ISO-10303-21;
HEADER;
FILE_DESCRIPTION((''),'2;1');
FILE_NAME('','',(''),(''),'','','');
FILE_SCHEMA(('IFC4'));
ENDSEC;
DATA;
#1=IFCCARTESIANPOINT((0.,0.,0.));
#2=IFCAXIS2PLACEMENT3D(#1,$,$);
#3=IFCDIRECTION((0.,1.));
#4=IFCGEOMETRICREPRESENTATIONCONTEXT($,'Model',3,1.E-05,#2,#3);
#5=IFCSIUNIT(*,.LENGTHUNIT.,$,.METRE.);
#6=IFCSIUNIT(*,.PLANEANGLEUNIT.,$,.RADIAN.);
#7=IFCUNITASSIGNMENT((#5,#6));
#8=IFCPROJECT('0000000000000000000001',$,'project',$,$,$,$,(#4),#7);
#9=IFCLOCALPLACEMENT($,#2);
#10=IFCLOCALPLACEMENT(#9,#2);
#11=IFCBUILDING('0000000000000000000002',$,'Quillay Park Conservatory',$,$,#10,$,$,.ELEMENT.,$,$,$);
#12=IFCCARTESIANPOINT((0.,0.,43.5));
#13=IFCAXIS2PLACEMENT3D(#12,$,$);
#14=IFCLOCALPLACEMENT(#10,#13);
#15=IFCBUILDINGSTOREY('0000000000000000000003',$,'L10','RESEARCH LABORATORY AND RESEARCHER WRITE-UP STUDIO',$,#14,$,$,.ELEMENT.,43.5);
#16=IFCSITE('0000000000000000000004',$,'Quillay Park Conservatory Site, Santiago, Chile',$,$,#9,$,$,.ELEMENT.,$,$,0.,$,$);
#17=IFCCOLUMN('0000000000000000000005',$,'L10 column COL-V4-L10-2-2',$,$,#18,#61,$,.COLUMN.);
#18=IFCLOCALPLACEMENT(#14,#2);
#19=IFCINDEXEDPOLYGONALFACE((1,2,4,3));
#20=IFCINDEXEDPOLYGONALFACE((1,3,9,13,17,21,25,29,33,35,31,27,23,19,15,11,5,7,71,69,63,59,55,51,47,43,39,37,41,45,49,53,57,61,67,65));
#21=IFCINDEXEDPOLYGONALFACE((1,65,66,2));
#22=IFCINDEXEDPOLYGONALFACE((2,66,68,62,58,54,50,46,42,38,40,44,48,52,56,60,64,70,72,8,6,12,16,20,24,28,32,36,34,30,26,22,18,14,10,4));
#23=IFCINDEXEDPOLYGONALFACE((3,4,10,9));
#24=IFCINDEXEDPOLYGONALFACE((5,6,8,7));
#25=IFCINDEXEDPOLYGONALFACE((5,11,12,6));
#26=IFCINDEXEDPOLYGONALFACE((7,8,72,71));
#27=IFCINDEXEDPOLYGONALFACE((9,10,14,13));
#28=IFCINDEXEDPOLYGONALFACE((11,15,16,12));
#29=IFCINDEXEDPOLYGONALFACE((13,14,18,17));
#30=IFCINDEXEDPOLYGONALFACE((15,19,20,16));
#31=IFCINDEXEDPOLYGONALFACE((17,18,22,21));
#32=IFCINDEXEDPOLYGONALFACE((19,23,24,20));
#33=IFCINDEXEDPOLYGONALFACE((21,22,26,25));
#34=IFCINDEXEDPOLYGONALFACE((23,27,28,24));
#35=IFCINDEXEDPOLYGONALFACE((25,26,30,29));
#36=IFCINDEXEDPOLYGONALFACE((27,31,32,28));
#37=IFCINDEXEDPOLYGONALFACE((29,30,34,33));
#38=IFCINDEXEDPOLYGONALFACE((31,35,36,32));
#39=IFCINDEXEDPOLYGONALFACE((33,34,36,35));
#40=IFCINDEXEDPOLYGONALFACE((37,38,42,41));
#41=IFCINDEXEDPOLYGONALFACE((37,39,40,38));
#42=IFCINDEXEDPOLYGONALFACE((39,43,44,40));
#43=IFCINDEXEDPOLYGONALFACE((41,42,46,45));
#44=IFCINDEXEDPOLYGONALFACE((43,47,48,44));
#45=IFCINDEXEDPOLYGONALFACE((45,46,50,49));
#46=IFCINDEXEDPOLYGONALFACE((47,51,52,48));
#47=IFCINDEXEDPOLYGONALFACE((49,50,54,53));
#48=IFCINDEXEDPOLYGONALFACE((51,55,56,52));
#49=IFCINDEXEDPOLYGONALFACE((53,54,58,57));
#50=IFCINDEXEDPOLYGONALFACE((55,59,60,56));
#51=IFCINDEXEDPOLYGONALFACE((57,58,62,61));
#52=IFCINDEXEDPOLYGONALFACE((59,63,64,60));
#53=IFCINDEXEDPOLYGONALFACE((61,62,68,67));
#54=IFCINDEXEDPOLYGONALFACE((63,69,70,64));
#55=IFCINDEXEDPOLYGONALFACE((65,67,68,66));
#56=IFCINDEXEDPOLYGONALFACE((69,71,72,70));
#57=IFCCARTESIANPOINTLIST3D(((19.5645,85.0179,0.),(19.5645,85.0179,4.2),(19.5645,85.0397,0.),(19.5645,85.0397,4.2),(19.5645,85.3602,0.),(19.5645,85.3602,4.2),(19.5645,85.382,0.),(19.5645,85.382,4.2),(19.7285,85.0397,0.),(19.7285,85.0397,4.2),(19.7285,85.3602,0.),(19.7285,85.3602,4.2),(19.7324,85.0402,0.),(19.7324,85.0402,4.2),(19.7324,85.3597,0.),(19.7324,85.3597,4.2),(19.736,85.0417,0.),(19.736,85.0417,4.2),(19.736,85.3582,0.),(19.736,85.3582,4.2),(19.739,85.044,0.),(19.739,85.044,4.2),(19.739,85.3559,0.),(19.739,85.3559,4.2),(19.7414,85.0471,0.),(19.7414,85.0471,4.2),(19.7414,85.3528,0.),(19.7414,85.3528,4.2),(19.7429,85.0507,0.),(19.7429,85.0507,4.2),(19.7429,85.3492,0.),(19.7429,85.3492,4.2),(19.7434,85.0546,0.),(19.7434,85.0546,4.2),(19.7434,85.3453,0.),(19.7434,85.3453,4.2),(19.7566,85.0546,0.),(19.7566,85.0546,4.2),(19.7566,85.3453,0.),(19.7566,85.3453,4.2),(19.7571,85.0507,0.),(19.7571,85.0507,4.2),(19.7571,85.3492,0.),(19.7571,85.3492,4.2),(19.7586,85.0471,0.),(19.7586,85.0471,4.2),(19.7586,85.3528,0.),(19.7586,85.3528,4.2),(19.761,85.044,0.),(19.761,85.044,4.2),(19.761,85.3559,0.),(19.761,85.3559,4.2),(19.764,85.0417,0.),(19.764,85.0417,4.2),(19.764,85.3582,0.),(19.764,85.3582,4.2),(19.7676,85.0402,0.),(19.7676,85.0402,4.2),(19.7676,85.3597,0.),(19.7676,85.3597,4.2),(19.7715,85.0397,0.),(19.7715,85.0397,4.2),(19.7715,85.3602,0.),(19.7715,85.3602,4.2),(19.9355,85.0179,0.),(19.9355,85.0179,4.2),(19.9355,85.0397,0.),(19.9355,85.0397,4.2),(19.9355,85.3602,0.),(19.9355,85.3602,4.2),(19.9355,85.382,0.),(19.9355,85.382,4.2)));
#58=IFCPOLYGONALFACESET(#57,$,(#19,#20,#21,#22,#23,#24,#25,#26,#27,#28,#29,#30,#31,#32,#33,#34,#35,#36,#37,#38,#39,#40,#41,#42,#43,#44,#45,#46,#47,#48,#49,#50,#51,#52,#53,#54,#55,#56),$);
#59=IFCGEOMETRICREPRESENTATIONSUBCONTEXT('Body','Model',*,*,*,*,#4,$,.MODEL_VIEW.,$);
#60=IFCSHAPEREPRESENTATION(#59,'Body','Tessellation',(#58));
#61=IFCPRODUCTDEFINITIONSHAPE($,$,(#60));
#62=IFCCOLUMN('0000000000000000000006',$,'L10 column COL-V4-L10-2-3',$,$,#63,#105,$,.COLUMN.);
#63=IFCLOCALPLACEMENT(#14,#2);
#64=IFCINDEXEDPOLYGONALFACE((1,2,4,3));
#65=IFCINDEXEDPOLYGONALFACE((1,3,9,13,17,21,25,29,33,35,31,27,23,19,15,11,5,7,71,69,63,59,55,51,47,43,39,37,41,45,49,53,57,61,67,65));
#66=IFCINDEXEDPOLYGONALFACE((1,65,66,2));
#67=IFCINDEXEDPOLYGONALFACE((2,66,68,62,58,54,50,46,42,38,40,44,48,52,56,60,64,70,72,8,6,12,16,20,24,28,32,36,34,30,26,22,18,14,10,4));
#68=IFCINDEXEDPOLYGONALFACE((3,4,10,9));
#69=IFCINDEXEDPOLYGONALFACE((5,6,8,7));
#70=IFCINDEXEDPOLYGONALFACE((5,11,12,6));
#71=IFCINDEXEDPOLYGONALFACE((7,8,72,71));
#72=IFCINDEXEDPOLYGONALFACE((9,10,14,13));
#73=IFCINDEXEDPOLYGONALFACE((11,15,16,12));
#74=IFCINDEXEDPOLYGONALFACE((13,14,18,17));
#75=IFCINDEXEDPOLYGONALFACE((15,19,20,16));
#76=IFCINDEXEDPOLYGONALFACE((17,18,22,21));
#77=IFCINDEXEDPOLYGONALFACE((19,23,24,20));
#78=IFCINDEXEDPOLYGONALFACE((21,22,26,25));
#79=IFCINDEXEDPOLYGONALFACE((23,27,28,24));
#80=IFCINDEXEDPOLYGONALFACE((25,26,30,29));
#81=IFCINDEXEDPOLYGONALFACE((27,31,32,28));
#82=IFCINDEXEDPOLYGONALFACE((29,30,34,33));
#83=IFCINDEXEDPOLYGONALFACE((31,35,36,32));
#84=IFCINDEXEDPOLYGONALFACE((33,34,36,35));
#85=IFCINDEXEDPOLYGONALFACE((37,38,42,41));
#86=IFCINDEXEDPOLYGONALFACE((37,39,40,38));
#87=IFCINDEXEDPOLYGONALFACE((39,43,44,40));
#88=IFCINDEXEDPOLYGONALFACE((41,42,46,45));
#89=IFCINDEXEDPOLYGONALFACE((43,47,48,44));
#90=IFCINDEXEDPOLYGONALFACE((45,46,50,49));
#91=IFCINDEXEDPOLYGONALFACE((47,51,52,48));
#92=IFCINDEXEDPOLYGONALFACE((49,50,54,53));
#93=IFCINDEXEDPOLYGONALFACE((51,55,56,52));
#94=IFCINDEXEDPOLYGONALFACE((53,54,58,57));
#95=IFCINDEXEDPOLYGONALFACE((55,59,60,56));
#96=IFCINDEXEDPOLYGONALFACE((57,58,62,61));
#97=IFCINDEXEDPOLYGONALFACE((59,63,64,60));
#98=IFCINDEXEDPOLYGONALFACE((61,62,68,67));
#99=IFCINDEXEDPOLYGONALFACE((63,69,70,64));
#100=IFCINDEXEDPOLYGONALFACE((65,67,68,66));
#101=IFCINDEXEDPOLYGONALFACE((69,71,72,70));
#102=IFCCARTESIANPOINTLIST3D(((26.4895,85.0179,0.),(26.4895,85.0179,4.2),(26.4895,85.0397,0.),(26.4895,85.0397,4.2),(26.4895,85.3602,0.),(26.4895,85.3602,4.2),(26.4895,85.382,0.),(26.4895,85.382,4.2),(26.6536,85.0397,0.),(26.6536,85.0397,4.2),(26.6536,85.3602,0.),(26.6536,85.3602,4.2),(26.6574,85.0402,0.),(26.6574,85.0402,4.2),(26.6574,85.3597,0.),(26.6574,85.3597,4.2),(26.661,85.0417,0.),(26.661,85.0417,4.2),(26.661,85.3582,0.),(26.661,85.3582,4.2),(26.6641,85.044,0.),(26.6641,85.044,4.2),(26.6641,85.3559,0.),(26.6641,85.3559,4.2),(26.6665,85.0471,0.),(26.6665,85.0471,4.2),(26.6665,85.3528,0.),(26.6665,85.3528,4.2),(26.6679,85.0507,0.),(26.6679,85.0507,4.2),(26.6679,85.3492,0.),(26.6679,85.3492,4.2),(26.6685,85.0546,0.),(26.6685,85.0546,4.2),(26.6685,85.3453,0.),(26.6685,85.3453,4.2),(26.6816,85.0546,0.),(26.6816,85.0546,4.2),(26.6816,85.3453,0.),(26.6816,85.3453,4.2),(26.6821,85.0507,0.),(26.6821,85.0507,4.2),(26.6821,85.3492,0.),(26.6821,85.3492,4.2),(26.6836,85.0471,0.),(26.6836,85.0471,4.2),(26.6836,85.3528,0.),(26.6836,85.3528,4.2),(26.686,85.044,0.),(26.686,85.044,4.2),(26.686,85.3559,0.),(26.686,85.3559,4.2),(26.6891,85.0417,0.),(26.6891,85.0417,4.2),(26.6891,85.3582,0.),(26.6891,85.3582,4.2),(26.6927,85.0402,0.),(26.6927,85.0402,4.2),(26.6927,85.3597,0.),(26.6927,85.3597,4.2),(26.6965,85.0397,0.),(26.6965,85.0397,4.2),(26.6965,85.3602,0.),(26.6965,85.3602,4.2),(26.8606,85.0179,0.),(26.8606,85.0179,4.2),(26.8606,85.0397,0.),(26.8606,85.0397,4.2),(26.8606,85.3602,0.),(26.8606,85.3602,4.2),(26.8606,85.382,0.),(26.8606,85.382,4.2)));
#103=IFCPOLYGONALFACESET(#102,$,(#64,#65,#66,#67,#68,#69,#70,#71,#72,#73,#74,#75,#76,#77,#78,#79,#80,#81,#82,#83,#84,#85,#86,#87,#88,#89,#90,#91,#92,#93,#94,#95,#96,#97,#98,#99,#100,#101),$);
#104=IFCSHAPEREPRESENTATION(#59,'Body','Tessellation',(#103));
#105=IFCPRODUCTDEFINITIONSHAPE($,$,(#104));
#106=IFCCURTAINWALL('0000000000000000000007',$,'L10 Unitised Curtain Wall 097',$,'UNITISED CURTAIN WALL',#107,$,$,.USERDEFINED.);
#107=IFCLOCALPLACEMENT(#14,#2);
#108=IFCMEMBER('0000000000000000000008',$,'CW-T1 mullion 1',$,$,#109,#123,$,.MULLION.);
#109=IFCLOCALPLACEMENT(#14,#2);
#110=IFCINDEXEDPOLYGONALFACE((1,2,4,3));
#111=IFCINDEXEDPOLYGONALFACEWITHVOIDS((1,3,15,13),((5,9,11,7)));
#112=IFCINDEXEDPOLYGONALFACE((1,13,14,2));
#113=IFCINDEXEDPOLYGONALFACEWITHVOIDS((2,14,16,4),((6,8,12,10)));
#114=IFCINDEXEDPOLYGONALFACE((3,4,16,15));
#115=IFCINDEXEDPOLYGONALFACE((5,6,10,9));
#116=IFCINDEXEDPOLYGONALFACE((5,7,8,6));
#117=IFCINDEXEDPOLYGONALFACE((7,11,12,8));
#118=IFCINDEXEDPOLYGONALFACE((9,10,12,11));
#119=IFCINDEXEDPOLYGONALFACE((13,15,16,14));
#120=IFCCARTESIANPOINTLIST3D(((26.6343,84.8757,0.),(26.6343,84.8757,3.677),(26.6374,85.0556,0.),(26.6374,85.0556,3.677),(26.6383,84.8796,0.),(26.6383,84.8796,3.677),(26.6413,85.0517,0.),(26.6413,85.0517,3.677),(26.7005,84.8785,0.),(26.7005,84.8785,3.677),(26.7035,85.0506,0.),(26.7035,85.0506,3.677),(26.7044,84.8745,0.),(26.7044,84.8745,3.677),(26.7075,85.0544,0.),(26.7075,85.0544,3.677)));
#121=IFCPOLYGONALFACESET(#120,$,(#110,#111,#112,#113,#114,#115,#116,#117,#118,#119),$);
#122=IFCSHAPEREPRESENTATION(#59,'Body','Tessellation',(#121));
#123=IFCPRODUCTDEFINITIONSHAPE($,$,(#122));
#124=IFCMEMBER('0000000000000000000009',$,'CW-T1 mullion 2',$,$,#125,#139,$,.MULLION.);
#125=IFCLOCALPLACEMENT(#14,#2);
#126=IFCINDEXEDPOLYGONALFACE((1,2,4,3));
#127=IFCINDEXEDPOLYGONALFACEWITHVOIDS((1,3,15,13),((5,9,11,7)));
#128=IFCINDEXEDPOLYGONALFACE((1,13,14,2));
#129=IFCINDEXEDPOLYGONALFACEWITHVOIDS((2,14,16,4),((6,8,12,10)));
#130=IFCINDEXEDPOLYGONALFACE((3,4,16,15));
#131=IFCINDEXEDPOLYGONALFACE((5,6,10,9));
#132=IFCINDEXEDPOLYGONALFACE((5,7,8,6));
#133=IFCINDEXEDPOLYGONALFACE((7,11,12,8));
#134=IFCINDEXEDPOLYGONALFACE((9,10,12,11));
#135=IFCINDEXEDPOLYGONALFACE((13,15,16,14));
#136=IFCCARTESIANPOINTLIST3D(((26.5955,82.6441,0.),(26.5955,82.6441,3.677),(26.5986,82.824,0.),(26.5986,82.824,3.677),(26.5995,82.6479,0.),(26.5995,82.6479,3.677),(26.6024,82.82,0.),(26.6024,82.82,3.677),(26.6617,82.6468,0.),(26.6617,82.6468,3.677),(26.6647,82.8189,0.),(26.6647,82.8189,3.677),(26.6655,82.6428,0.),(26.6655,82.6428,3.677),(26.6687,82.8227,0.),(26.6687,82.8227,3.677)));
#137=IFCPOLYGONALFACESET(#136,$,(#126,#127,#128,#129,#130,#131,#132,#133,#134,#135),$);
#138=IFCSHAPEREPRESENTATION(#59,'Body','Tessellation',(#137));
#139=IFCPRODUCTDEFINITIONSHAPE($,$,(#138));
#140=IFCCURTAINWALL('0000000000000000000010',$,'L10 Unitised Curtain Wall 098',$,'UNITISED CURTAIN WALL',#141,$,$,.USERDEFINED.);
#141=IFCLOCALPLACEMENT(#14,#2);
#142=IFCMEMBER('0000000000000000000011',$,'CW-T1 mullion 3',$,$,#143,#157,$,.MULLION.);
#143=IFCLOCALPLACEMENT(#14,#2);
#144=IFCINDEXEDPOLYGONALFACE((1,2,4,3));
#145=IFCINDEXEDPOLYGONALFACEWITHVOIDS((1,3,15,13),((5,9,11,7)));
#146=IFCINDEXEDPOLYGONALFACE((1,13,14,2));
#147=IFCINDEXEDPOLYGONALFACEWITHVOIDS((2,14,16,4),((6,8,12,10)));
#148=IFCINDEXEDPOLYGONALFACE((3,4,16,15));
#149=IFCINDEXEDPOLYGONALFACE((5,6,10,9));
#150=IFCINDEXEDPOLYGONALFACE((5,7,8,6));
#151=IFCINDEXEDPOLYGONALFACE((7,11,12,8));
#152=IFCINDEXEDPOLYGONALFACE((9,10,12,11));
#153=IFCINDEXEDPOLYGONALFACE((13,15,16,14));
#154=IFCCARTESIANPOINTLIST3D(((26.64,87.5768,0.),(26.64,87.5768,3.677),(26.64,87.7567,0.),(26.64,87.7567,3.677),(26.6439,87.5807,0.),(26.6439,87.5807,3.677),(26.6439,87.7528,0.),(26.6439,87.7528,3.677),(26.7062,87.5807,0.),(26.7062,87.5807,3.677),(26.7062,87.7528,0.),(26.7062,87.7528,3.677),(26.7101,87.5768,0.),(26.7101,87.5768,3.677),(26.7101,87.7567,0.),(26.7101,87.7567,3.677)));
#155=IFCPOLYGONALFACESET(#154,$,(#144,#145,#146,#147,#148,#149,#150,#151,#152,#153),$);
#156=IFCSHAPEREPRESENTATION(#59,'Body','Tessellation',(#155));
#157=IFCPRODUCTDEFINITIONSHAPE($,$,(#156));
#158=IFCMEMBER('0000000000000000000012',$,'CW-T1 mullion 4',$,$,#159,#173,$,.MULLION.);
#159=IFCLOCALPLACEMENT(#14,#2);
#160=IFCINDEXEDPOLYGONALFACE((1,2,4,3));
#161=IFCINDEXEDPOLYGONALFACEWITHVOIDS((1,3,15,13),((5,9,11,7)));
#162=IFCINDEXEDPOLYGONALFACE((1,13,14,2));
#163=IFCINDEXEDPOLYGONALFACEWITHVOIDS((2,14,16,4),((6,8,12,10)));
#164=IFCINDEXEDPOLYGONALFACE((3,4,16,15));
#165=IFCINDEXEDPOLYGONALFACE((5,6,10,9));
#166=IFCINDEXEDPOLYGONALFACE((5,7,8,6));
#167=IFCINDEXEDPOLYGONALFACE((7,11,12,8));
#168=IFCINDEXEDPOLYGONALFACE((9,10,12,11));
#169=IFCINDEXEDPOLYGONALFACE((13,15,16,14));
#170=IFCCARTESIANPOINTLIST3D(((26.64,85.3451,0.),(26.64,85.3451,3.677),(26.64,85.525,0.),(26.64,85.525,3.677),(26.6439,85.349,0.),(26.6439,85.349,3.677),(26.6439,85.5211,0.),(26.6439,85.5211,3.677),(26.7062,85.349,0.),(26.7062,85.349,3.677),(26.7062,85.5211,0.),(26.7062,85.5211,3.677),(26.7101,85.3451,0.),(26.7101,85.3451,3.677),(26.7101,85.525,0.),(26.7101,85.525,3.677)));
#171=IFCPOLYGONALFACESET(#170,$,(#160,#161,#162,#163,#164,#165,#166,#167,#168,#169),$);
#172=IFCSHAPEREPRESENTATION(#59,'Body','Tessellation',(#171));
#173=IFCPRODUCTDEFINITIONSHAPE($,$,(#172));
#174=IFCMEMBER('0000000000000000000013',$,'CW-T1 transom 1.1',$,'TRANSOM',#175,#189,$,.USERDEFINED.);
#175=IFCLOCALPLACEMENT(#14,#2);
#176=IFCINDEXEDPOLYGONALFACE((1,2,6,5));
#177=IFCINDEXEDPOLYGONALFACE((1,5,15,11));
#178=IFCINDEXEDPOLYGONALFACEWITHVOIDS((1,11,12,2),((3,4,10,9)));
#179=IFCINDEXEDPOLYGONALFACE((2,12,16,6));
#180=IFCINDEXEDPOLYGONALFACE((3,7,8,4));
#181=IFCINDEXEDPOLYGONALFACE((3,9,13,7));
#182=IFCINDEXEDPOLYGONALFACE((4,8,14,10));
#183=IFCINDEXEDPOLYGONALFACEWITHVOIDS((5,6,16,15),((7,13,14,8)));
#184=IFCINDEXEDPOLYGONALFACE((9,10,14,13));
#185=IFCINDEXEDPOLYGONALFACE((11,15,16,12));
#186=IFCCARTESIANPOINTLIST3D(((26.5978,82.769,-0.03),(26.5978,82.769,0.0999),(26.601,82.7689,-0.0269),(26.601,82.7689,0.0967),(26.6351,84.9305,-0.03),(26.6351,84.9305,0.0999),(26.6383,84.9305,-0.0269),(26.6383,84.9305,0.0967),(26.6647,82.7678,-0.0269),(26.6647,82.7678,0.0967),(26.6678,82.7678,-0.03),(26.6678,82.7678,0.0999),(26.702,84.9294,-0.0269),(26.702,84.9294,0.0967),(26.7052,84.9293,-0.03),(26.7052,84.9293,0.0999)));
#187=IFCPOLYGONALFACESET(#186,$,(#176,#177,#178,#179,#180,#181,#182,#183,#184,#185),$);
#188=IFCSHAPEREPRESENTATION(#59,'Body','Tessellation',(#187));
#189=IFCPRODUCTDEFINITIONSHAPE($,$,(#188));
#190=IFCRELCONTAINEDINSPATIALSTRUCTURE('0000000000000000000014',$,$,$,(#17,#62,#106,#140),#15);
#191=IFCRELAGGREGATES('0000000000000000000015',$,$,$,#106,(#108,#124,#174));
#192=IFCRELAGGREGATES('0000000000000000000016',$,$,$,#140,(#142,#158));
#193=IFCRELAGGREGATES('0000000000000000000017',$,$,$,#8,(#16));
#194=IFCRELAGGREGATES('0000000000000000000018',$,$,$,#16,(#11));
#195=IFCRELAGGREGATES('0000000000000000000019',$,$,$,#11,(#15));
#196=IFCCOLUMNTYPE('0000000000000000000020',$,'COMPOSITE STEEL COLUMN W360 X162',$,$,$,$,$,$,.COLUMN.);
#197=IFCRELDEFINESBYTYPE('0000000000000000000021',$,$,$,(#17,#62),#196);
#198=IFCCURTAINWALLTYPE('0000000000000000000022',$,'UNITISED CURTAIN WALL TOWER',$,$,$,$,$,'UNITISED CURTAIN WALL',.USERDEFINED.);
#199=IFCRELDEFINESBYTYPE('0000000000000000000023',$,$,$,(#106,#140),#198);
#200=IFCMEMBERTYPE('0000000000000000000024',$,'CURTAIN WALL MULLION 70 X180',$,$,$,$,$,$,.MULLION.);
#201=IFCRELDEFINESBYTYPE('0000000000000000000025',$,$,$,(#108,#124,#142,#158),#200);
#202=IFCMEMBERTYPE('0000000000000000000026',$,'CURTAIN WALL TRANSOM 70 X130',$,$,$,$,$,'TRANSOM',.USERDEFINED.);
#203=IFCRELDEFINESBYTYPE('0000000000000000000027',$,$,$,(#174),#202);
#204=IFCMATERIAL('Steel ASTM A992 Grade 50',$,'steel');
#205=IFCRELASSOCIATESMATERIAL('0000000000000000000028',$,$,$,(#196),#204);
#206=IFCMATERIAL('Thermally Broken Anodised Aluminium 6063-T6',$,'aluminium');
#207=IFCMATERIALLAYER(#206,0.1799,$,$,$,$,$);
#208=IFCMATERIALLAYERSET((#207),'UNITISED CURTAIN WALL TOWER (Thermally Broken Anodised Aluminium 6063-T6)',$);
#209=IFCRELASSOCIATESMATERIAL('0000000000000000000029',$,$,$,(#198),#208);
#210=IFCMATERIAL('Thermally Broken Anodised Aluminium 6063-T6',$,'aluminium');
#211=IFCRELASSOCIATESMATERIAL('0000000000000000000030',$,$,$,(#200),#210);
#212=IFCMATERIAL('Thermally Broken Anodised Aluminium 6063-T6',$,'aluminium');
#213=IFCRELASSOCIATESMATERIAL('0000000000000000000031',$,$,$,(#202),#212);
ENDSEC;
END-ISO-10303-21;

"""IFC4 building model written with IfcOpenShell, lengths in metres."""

from ifc_helpers import new_model, si_unit, direction, frame, origin, origin_2d, place, context, subcontext, project, spatial, hollow_rectangle, i_section, extrude, material, layer, layer_set, material_profile, profile_set, type_object, element, aggregate, save


model = new_model("IFC4")

# Units and contexts
model_context = context("Model", 3, precision=1e-05, world=origin(), true_north=direction((0.0, 1.0)))
body_context = subcontext(model_context, "Body", "Model", "MODEL_VIEW")
ifc_project = project(units=[si_unit("LENGTHUNIT", "METRE"), si_unit("PLANEANGLEUNIT", "RADIAN")], contexts=[model_context])

# Site, building, storey
site_placement = place(None, origin())
site = spatial("IfcSite", under=ifc_project, at=site_placement, Name="Quillay Park Conservatory Site, Santiago, Chile", CompositionType="ELEMENT", RefElevation=0.0)
building_placement = place(site_placement, origin())
building = spatial("IfcBuilding", under=site, at=building_placement, Name="Quillay Park Conservatory", CompositionType="ELEMENT")
storey_placement = place(building_placement, frame((0.0, 0.0, 43.5)))
storey = spatial("IfcBuildingStorey", under=building, at=storey_placement, Name="L10", Description="RESEARCH LABORATORY AND RESEARCHER WRITE-UP STUDIO", CompositionType="ELEMENT", Elevation=43.5)

# Columns
ifc_material_1 = material(Name="Steel ASTM A992 Grade 50", Category="steel")
ifc_material_profile_1 = material_profile(ifc_material_1, i_section(OverallWidth=0.3711, OverallDepth=0.364, WebThickness=0.0132, FlangeThickness=0.0217, FilletRadius=0.0149, at=origin_2d()), Name="W360x162")
ifc_profile_set_1 = profile_set([ifc_material_profile_1], Name="Steel ASTM A992 Grade 50")
column_type = type_object("IfcColumnType", Name="COMPOSITE STEEL COLUMN W360 X162", PredefinedType="COLUMN", material=ifc_profile_set_1)
for number, where, z_axis, x_axis, name in (
    (1, (19.75, 85.2, 0.0), (0.0, 0.0, 1.0), (1.0, 0.0, 0.0), "L10 column COL-V4-L10-2-2"),
    (2, (26.675, 85.2, 0.0), (0.0, 0.0, 1.0), (1.0, 0.0, 0.0), "L10 column COL-V4-L10-2-3"),
):
    element("IfcColumn", number, at=place(storey_placement, frame(where, z_axis=z_axis, x_axis=x_axis)), inside=storey, type_object=column_type, Name=name, PredefinedType="COLUMN", context=body_context, shape_type="SweptSolid", body=[
        extrude(i_section(OverallWidth=0.3711, OverallDepth=0.364, WebThickness=0.0132, FlangeThickness=0.0217, FilletRadius=0.0149, at=origin_2d()), origin(), (0.0, 0.0, 1.0), 4.2),
    ])

# Curtain walls, members
ifc_material_2 = material(Name="Thermally Broken Anodised Aluminium 6063-T6", Category="aluminium")
ifc_layer_1 = layer(ifc_material_2, 0.1799)
ifc_layer_set_1 = layer_set([ifc_layer_1], Name="UNITISED CURTAIN WALL TOWER (Thermally Broken Anodised Aluminium 6063-T6)")
curtain_wall_type = type_object("IfcCurtainWallType", Name="UNITISED CURTAIN WALL TOWER", ElementType="UNITISED CURTAIN WALL", PredefinedType="USERDEFINED", material=ifc_layer_set_1)
curtain_wall_1_placement = place(storey_placement, origin())
curtain_wall_1 = element("IfcCurtainWall", 3, at=curtain_wall_1_placement, inside=storey, type_object=curtain_wall_type, Name="L10 Unitised Curtain Wall 097", ObjectType="UNITISED CURTAIN WALL", PredefinedType="USERDEFINED")
ifc_material_3 = material(Name="Thermally Broken Anodised Aluminium 6063-T6", Category="aluminium")
ifc_material_profile_2 = material_profile(ifc_material_3, hollow_rectangle(XDim=0.0701, YDim=0.1799, WallThickness=0.0039, at=origin_2d()), Name="AL70x180x4")
ifc_profile_set_2 = profile_set([ifc_material_profile_2], Name="Thermally Broken Anodised Aluminium 6063-T6")
member_type_1 = type_object("IfcMemberType", Name="CURTAIN WALL MULLION 70 X180", PredefinedType="MULLION", material=ifc_profile_set_2)
member_1_placement = place(storey_placement, frame((26.6709, 84.9651, 0.0), z_axis=(0.0, 0.0, 1.0), x_axis=(0.999849, -0.01735, 0.0)))
member_1 = element("IfcMember", 4, at=member_1_placement, type_object=member_type_1, Name="CW-T1 mullion 1", PredefinedType="MULLION", context=body_context, shape_type="SweptSolid", body=[
    extrude(hollow_rectangle(XDim=0.0701, YDim=0.1799, WallThickness=0.0039, at=origin_2d()), origin(), (0.0, 0.0, 1.0), 3.677),
])
member_2_placement = place(storey_placement, frame((26.6321, 82.7334, 0.0), z_axis=(0.0, 0.0, 1.0), x_axis=(0.999849, -0.01735, 0.0)))
member_2 = element("IfcMember", 5, at=member_2_placement, type_object=member_type_1, Name="CW-T1 mullion 2", PredefinedType="MULLION", context=body_context, shape_type="SweptSolid", body=[
    extrude(hollow_rectangle(XDim=0.0701, YDim=0.1799, WallThickness=0.0039, at=origin_2d()), origin(), (0.0, 0.0, 1.0), 3.677),
])
curtain_wall_2_placement = place(storey_placement, origin())
curtain_wall_2 = element("IfcCurtainWall", 6, at=curtain_wall_2_placement, inside=storey, type_object=curtain_wall_type, Name="L10 Unitised Curtain Wall 098", ObjectType="UNITISED CURTAIN WALL", PredefinedType="USERDEFINED")
member_3_placement = place(storey_placement, frame((26.675, 87.6667, 0.0), z_axis=(0.0, 0.0, 1.0), x_axis=(1.0, 0.0, 0.0)))
member_3 = element("IfcMember", 7, at=member_3_placement, type_object=member_type_1, Name="CW-T1 mullion 3", PredefinedType="MULLION", context=body_context, shape_type="SweptSolid", body=[
    extrude(hollow_rectangle(XDim=0.0701, YDim=0.1799, WallThickness=0.0039, at=origin_2d()), origin(), (0.0, 0.0, 1.0), 3.677),
])
member_4_placement = place(storey_placement, frame((26.675, 85.4351, 0.0), z_axis=(0.0, 0.0, 1.0), x_axis=(1.0, 0.0, 0.0)))
member_4 = element("IfcMember", 8, at=member_4_placement, type_object=member_type_1, Name="CW-T1 mullion 4", PredefinedType="MULLION", context=body_context, shape_type="SweptSolid", body=[
    extrude(hollow_rectangle(XDim=0.0701, YDim=0.1799, WallThickness=0.0039, at=origin_2d()), origin(), (0.0, 0.0, 1.0), 3.677),
])

# Member
ifc_material_4 = material(Name="Thermally Broken Anodised Aluminium 6063-T6", Category="aluminium")
ifc_material_profile_3 = material_profile(ifc_material_4, hollow_rectangle(XDim=0.0701, YDim=0.1299, WallThickness=0.0032, at=origin_2d()), Name="AL70x130x3.2")
ifc_profile_set_3 = profile_set([ifc_material_profile_3], Name="Thermally Broken Anodised Aluminium 6063-T6")
member_type_2 = type_object("IfcMemberType", Name="CURTAIN WALL TRANSOM 70 X130", ElementType="TRANSOM", PredefinedType="USERDEFINED", material=ifc_profile_set_3)
member_5_placement = place(storey_placement, frame((26.6702, 84.9299, 0.0349), z_axis=(-0.017278, -0.999851, 0.0), x_axis=(0.999851, -0.017278, 0.0)))
member_5 = element("IfcMember", 9, at=member_5_placement, type_object=member_type_2, Name="CW-T1 transom 1.1", ObjectType="TRANSOM", PredefinedType="USERDEFINED", context=body_context, shape_type="SweptSolid", body=[
    extrude(hollow_rectangle(XDim=0.0701, YDim=0.1299, WallThickness=0.0032, at=origin_2d()), origin(), (0.0, 0.0, 1.0), 2.1619),
])

aggregate(curtain_wall_1, [member_1, member_2, member_5])
aggregate(curtain_wall_2, [member_3, member_4])

save(model, "model.ifc")
